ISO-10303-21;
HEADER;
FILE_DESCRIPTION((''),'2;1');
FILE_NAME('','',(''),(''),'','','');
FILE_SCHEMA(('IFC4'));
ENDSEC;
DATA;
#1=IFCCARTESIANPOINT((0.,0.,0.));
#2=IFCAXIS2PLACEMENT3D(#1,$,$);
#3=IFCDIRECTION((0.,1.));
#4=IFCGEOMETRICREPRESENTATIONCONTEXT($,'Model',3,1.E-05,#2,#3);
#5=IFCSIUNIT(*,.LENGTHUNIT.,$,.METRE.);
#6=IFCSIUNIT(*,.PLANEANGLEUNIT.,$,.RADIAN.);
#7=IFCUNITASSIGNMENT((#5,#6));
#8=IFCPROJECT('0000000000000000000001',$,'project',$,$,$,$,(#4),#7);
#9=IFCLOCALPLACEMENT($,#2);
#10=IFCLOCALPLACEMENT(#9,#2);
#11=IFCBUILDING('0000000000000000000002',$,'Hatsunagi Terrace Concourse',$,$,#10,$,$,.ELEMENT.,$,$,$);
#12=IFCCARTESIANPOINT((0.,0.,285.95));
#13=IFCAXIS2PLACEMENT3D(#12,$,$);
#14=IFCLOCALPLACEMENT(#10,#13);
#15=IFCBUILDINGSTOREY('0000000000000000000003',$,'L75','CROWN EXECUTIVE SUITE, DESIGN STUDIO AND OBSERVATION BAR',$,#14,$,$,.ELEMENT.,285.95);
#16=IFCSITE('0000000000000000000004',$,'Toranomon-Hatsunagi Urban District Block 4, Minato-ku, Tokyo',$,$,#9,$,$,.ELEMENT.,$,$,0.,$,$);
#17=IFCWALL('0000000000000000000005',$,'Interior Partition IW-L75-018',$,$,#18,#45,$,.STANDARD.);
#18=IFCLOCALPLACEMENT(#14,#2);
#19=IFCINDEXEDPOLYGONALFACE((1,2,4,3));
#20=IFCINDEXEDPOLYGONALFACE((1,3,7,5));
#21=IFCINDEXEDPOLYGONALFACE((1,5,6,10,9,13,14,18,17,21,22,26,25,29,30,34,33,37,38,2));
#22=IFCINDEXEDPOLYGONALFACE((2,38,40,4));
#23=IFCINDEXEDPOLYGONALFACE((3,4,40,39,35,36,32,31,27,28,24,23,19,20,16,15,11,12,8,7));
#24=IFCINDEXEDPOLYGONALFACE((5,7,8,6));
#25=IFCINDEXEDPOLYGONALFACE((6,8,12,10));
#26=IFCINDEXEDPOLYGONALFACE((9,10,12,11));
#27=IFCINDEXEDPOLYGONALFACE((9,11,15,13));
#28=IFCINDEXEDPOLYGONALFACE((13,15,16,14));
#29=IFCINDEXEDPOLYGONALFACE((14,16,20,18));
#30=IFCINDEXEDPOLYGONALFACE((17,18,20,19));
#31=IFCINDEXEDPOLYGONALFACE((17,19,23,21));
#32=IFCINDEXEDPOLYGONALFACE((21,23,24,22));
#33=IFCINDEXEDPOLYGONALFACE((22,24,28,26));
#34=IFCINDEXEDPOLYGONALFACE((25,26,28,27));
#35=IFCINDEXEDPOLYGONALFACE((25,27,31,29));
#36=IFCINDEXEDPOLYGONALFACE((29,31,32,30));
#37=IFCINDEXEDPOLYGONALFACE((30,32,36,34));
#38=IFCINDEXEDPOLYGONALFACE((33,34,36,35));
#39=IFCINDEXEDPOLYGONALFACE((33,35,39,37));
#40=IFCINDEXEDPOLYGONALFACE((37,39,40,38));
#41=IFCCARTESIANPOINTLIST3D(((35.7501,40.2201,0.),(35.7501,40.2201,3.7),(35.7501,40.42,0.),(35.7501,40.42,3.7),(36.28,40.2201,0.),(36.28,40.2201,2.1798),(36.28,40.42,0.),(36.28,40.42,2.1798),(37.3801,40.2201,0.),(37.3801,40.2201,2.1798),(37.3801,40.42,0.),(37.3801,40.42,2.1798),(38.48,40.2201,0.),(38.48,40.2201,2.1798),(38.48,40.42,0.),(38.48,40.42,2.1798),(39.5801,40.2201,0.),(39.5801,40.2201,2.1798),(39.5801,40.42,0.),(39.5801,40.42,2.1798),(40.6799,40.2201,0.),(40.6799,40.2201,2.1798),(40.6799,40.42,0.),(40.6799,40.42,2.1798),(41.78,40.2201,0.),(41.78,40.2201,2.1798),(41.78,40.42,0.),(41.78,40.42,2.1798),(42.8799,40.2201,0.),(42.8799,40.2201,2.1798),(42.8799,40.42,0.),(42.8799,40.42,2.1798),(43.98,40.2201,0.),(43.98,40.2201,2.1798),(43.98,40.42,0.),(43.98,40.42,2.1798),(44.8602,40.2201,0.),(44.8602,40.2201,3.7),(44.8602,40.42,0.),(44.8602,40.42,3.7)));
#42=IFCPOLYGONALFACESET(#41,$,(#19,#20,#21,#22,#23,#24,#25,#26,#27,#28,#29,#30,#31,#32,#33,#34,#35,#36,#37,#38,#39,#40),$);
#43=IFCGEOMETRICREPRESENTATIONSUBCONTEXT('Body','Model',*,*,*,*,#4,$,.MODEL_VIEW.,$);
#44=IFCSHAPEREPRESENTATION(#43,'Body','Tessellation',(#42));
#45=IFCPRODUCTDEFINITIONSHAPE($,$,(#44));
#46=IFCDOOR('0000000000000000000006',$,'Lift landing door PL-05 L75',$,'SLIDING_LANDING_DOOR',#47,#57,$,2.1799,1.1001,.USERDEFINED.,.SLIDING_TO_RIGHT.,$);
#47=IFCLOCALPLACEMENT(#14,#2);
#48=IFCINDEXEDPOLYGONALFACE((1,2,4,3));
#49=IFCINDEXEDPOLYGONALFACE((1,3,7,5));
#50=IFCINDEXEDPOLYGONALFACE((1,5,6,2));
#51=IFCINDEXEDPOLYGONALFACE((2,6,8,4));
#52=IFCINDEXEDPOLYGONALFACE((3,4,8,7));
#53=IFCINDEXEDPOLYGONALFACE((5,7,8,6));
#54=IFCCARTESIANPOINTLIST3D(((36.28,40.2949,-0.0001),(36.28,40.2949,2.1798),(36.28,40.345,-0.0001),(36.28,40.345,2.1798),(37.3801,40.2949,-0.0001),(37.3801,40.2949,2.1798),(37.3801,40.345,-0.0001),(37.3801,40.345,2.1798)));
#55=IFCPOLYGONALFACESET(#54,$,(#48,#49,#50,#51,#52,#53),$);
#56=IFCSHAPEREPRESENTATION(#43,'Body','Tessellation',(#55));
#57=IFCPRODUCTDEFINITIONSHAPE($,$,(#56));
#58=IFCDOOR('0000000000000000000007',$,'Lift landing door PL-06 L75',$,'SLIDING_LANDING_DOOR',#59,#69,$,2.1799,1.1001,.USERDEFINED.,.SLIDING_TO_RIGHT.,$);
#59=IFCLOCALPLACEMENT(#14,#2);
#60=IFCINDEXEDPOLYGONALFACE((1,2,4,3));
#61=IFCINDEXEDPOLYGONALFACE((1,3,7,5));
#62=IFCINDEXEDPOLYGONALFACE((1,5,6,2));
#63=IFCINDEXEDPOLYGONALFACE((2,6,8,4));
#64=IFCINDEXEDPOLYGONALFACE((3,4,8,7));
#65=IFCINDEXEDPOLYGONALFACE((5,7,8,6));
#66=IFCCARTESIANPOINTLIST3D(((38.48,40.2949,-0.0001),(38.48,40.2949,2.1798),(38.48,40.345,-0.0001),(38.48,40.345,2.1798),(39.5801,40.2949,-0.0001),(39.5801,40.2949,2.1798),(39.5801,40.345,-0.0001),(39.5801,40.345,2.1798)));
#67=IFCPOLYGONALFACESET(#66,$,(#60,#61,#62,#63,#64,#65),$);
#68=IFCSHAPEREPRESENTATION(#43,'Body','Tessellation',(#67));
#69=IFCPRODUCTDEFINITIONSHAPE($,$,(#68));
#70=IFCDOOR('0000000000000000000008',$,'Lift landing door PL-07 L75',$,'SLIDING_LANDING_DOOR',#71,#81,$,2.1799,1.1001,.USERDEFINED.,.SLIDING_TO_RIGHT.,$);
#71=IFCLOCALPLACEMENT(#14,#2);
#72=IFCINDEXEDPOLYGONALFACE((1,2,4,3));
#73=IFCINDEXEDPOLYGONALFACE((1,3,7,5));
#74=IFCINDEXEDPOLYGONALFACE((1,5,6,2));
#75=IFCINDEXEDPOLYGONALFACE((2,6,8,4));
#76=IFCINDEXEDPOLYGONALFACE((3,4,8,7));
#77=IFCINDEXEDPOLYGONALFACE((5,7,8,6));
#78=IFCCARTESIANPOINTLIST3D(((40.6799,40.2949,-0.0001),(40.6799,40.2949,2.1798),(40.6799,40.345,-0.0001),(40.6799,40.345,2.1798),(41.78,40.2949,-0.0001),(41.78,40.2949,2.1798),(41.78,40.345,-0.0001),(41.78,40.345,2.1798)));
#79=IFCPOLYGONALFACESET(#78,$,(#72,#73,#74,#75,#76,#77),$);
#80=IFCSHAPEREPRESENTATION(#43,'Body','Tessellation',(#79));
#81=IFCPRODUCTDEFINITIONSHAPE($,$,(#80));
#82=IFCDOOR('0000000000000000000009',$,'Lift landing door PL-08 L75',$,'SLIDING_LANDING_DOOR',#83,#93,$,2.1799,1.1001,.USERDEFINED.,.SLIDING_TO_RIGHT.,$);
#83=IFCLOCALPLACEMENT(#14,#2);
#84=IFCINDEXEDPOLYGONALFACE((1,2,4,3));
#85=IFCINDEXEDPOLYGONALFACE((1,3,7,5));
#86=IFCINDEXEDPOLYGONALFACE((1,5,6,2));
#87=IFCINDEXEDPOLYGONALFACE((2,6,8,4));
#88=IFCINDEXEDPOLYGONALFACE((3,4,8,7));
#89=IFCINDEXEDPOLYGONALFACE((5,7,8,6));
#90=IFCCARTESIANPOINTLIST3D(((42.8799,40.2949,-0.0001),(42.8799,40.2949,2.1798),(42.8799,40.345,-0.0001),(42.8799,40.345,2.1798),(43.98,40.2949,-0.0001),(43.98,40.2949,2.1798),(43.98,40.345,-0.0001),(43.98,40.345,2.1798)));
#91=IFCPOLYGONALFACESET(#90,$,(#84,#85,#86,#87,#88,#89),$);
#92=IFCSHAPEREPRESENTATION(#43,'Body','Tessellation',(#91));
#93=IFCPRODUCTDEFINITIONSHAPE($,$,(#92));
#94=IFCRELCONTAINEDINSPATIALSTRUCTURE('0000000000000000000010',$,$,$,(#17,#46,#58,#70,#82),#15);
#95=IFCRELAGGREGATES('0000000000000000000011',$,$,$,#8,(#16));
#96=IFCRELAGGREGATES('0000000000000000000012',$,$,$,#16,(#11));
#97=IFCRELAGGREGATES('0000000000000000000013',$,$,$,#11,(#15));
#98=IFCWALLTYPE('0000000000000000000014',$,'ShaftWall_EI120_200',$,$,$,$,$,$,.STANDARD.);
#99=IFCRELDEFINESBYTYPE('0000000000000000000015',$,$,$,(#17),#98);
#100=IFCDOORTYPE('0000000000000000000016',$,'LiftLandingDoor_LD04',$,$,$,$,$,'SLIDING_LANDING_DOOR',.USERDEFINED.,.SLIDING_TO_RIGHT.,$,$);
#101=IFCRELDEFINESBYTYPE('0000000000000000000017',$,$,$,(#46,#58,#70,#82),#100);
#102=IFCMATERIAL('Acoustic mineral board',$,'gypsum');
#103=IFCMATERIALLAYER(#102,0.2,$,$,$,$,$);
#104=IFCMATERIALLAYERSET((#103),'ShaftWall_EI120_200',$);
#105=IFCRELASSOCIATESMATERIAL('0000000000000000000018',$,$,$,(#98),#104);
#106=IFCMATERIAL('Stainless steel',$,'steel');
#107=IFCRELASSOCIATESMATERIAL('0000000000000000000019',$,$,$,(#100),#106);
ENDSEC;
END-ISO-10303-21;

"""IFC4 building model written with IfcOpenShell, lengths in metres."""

from ifc_helpers import new_model, si_unit, direction, frame, frame_2d, origin, place, context, subcontext, project, spatial, rectangle, extrude, material, layer, layer_set, type_object, element, fill, save


model = new_model("IFC4")

# Units and contexts
model_context = context("Model", 3, precision=1e-05, world=origin(), true_north=direction((0.0, 1.0)))
body_context = subcontext(model_context, "Body", "Model", "MODEL_VIEW")
ifc_project = project(units=[si_unit("LENGTHUNIT", "METRE"), si_unit("PLANEANGLEUNIT", "RADIAN")], contexts=[model_context])

# Site, building, storey
site_placement = place(None, origin())
site = spatial("IfcSite", under=ifc_project, at=site_placement, Name="Toranomon-Hatsunagi Urban District Block 4, Minato-ku, Tokyo", CompositionType="ELEMENT", RefElevation=0.0)
building_placement = place(site_placement, origin())
building = spatial("IfcBuilding", under=site, at=building_placement, Name="Hatsunagi Terrace Concourse", CompositionType="ELEMENT")
storey_placement = place(building_placement, frame((0.0, 0.0, 285.95)))
storey = spatial("IfcBuildingStorey", under=building, at=storey_placement, Name="L75", Description="CROWN EXECUTIVE SUITE, DESIGN STUDIO AND OBSERVATION BAR", CompositionType="ELEMENT", Elevation=285.95)

# Shared definitions
ifc_material_1 = material(Name="Acoustic mineral board", Category="gypsum")
ifc_layer_1 = layer(ifc_material_1, 0.2)
ifc_layer_set_1 = layer_set([ifc_layer_1], Name="ShaftWall_EI120_200")
wall_type_1 = type_object("IfcWallType", Name="ShaftWall_EI120_200", PredefinedType="STANDARD", material=ifc_layer_set_1)

# Wall, openings, doors
wall_1_placement = place(storey_placement, frame((35.75, 40.3201, 0.0), z_axis=(0.0, 0.0, 1.0), x_axis=(1.0, 0.0, 0.0)))
wall_1 = element("IfcWall", 1, at=wall_1_placement, inside=storey, type_object=wall_type_1, Name="Interior Partition IW-L75-018", PredefinedType="STANDARD", context=body_context, shape_type="SweptSolid", body=[
    extrude(rectangle(XDim=9.1101, YDim=0.2, at=frame_2d((4.5552, 0.0))), origin(), (0.0, 0.0, 1.0), 3.7),
])
opening_1_placement = place(wall_1_placement, frame((0.53, 0.0, 0.0)))
opening_1 = element("IfcOpeningElement", 2, at=opening_1_placement, cuts=wall_1, PredefinedType="OPENING", context=body_context, shape_type="SweptSolid", body=[
    extrude(rectangle(XDim=1.1001, YDim=2.1799, at=frame_2d((0.55, 1.0898))), frame((0.0, 0.1099, 0.0), z_axis=(0.0, -1.0, 0.0), x_axis=(1.0, 0.0, 0.0)), (0.0, 0.0, 1.0), 0.22),
])
opening_2_placement = place(wall_1_placement, frame((2.73, 0.0, 0.0)))
opening_2 = element("IfcOpeningElement", 3, at=opening_2_placement, cuts=wall_1, PredefinedType="OPENING", context=body_context, shape_type="SweptSolid", body=[
    extrude(rectangle(XDim=1.1001, YDim=2.1799, at=frame_2d((0.55, 1.0898))), frame((0.0, 0.1099, 0.0), z_axis=(0.0, -1.0, 0.0), x_axis=(1.0, 0.0, 0.0)), (0.0, 0.0, 1.0), 0.22),
])
opening_3_placement = place(wall_1_placement, frame((4.9299, 0.0, 0.0)))
opening_3 = element("IfcOpeningElement", 4, at=opening_3_placement, cuts=wall_1, PredefinedType="OPENING", context=body_context, shape_type="SweptSolid", body=[
    extrude(rectangle(XDim=1.1001, YDim=2.1799, at=frame_2d((0.55, 1.0898))), frame((0.0, 0.1099, 0.0), z_axis=(0.0, -1.0, 0.0), x_axis=(1.0, 0.0, 0.0)), (0.0, 0.0, 1.0), 0.22),
])
opening_4_placement = place(wall_1_placement, frame((7.1299, 0.0, 0.0)))
opening_4 = element("IfcOpeningElement", 5, at=opening_4_placement, cuts=wall_1, PredefinedType="OPENING", context=body_context, shape_type="SweptSolid", body=[
    extrude(rectangle(XDim=1.1001, YDim=2.1799, at=frame_2d((0.55, 1.0898))), frame((0.0, 0.1099, 0.0), z_axis=(0.0, -1.0, 0.0), x_axis=(1.0, 0.0, 0.0)), (0.0, 0.0, 1.0), 0.22),
])
ifc_material_2 = material(Name="Stainless steel", Category="steel")
door_type_1 = type_object("IfcDoorType", Name="LiftLandingDoor_LD04", ElementType="SLIDING_LANDING_DOOR", OperationType="SLIDING_TO_RIGHT", PredefinedType="USERDEFINED", material=ifc_material_2)
door_1_placement = place(opening_1_placement, origin())
door_1 = element("IfcDoor", 6, at=door_1_placement, inside=storey, type_object=door_type_1, Name="Lift landing door PL-05 L75", ObjectType="SLIDING_LANDING_DOOR", OperationType="SLIDING_TO_RIGHT", OverallHeight=2.1799, OverallWidth=1.1001, PredefinedType="USERDEFINED", context=body_context, shape_type="SweptSolid", body=[
    extrude(rectangle(XDim=1.1001, YDim=2.1799, at=frame_2d((0.55, 1.0898))), frame((0.0, 0.0249, 0.0), z_axis=(0.0, -1.0, 0.0), x_axis=(1.0, 0.0, 0.0)), (0.0, 0.0, 1.0), 0.05),
])
fill(opening_1, door_1)
door_2_placement = place(opening_2_placement, origin())
door_2 = element("IfcDoor", 7, at=door_2_placement, inside=storey, type_object=door_type_1, Name="Lift landing door PL-06 L75", ObjectType="SLIDING_LANDING_DOOR", OperationType="SLIDING_TO_RIGHT", OverallHeight=2.1799, OverallWidth=1.1001, PredefinedType="USERDEFINED", context=body_context, shape_type="SweptSolid", body=[
    extrude(rectangle(XDim=1.1001, YDim=2.1799, at=frame_2d((0.55, 1.0898))), frame((0.0, 0.0249, 0.0), z_axis=(0.0, -1.0, 0.0), x_axis=(1.0, 0.0, 0.0)), (0.0, 0.0, 1.0), 0.05),
])
fill(opening_2, door_2)
door_3_placement = place(opening_3_placement, origin())
door_3 = element("IfcDoor", 8, at=door_3_placement, inside=storey, type_object=door_type_1, Name="Lift landing door PL-07 L75", ObjectType="SLIDING_LANDING_DOOR", OperationType="SLIDING_TO_RIGHT", OverallHeight=2.1799, OverallWidth=1.1001, PredefinedType="USERDEFINED", context=body_context, shape_type="SweptSolid", body=[
    extrude(rectangle(XDim=1.1001, YDim=2.1799, at=frame_2d((0.55, 1.0898))), frame((0.0, 0.0249, 0.0), z_axis=(0.0, -1.0, 0.0), x_axis=(1.0, 0.0, 0.0)), (0.0, 0.0, 1.0), 0.05),
])
fill(opening_3, door_3)
door_4_placement = place(opening_4_placement, origin())
door_4 = element("IfcDoor", 9, at=door_4_placement, inside=storey, type_object=door_type_1, Name="Lift landing door PL-08 L75", ObjectType="SLIDING_LANDING_DOOR", OperationType="SLIDING_TO_RIGHT", OverallHeight=2.1799, OverallWidth=1.1001, PredefinedType="USERDEFINED", context=body_context, shape_type="SweptSolid", body=[
    extrude(rectangle(XDim=1.1001, YDim=2.1799, at=frame_2d((0.55, 1.0898))), frame((0.0, 0.0249, 0.0), z_axis=(0.0, -1.0, 0.0), x_axis=(1.0, 0.0, 0.0)), (0.0, 0.0, 1.0), 0.05),
])
fill(opening_4, door_4)

save(model, "model.ifc")
